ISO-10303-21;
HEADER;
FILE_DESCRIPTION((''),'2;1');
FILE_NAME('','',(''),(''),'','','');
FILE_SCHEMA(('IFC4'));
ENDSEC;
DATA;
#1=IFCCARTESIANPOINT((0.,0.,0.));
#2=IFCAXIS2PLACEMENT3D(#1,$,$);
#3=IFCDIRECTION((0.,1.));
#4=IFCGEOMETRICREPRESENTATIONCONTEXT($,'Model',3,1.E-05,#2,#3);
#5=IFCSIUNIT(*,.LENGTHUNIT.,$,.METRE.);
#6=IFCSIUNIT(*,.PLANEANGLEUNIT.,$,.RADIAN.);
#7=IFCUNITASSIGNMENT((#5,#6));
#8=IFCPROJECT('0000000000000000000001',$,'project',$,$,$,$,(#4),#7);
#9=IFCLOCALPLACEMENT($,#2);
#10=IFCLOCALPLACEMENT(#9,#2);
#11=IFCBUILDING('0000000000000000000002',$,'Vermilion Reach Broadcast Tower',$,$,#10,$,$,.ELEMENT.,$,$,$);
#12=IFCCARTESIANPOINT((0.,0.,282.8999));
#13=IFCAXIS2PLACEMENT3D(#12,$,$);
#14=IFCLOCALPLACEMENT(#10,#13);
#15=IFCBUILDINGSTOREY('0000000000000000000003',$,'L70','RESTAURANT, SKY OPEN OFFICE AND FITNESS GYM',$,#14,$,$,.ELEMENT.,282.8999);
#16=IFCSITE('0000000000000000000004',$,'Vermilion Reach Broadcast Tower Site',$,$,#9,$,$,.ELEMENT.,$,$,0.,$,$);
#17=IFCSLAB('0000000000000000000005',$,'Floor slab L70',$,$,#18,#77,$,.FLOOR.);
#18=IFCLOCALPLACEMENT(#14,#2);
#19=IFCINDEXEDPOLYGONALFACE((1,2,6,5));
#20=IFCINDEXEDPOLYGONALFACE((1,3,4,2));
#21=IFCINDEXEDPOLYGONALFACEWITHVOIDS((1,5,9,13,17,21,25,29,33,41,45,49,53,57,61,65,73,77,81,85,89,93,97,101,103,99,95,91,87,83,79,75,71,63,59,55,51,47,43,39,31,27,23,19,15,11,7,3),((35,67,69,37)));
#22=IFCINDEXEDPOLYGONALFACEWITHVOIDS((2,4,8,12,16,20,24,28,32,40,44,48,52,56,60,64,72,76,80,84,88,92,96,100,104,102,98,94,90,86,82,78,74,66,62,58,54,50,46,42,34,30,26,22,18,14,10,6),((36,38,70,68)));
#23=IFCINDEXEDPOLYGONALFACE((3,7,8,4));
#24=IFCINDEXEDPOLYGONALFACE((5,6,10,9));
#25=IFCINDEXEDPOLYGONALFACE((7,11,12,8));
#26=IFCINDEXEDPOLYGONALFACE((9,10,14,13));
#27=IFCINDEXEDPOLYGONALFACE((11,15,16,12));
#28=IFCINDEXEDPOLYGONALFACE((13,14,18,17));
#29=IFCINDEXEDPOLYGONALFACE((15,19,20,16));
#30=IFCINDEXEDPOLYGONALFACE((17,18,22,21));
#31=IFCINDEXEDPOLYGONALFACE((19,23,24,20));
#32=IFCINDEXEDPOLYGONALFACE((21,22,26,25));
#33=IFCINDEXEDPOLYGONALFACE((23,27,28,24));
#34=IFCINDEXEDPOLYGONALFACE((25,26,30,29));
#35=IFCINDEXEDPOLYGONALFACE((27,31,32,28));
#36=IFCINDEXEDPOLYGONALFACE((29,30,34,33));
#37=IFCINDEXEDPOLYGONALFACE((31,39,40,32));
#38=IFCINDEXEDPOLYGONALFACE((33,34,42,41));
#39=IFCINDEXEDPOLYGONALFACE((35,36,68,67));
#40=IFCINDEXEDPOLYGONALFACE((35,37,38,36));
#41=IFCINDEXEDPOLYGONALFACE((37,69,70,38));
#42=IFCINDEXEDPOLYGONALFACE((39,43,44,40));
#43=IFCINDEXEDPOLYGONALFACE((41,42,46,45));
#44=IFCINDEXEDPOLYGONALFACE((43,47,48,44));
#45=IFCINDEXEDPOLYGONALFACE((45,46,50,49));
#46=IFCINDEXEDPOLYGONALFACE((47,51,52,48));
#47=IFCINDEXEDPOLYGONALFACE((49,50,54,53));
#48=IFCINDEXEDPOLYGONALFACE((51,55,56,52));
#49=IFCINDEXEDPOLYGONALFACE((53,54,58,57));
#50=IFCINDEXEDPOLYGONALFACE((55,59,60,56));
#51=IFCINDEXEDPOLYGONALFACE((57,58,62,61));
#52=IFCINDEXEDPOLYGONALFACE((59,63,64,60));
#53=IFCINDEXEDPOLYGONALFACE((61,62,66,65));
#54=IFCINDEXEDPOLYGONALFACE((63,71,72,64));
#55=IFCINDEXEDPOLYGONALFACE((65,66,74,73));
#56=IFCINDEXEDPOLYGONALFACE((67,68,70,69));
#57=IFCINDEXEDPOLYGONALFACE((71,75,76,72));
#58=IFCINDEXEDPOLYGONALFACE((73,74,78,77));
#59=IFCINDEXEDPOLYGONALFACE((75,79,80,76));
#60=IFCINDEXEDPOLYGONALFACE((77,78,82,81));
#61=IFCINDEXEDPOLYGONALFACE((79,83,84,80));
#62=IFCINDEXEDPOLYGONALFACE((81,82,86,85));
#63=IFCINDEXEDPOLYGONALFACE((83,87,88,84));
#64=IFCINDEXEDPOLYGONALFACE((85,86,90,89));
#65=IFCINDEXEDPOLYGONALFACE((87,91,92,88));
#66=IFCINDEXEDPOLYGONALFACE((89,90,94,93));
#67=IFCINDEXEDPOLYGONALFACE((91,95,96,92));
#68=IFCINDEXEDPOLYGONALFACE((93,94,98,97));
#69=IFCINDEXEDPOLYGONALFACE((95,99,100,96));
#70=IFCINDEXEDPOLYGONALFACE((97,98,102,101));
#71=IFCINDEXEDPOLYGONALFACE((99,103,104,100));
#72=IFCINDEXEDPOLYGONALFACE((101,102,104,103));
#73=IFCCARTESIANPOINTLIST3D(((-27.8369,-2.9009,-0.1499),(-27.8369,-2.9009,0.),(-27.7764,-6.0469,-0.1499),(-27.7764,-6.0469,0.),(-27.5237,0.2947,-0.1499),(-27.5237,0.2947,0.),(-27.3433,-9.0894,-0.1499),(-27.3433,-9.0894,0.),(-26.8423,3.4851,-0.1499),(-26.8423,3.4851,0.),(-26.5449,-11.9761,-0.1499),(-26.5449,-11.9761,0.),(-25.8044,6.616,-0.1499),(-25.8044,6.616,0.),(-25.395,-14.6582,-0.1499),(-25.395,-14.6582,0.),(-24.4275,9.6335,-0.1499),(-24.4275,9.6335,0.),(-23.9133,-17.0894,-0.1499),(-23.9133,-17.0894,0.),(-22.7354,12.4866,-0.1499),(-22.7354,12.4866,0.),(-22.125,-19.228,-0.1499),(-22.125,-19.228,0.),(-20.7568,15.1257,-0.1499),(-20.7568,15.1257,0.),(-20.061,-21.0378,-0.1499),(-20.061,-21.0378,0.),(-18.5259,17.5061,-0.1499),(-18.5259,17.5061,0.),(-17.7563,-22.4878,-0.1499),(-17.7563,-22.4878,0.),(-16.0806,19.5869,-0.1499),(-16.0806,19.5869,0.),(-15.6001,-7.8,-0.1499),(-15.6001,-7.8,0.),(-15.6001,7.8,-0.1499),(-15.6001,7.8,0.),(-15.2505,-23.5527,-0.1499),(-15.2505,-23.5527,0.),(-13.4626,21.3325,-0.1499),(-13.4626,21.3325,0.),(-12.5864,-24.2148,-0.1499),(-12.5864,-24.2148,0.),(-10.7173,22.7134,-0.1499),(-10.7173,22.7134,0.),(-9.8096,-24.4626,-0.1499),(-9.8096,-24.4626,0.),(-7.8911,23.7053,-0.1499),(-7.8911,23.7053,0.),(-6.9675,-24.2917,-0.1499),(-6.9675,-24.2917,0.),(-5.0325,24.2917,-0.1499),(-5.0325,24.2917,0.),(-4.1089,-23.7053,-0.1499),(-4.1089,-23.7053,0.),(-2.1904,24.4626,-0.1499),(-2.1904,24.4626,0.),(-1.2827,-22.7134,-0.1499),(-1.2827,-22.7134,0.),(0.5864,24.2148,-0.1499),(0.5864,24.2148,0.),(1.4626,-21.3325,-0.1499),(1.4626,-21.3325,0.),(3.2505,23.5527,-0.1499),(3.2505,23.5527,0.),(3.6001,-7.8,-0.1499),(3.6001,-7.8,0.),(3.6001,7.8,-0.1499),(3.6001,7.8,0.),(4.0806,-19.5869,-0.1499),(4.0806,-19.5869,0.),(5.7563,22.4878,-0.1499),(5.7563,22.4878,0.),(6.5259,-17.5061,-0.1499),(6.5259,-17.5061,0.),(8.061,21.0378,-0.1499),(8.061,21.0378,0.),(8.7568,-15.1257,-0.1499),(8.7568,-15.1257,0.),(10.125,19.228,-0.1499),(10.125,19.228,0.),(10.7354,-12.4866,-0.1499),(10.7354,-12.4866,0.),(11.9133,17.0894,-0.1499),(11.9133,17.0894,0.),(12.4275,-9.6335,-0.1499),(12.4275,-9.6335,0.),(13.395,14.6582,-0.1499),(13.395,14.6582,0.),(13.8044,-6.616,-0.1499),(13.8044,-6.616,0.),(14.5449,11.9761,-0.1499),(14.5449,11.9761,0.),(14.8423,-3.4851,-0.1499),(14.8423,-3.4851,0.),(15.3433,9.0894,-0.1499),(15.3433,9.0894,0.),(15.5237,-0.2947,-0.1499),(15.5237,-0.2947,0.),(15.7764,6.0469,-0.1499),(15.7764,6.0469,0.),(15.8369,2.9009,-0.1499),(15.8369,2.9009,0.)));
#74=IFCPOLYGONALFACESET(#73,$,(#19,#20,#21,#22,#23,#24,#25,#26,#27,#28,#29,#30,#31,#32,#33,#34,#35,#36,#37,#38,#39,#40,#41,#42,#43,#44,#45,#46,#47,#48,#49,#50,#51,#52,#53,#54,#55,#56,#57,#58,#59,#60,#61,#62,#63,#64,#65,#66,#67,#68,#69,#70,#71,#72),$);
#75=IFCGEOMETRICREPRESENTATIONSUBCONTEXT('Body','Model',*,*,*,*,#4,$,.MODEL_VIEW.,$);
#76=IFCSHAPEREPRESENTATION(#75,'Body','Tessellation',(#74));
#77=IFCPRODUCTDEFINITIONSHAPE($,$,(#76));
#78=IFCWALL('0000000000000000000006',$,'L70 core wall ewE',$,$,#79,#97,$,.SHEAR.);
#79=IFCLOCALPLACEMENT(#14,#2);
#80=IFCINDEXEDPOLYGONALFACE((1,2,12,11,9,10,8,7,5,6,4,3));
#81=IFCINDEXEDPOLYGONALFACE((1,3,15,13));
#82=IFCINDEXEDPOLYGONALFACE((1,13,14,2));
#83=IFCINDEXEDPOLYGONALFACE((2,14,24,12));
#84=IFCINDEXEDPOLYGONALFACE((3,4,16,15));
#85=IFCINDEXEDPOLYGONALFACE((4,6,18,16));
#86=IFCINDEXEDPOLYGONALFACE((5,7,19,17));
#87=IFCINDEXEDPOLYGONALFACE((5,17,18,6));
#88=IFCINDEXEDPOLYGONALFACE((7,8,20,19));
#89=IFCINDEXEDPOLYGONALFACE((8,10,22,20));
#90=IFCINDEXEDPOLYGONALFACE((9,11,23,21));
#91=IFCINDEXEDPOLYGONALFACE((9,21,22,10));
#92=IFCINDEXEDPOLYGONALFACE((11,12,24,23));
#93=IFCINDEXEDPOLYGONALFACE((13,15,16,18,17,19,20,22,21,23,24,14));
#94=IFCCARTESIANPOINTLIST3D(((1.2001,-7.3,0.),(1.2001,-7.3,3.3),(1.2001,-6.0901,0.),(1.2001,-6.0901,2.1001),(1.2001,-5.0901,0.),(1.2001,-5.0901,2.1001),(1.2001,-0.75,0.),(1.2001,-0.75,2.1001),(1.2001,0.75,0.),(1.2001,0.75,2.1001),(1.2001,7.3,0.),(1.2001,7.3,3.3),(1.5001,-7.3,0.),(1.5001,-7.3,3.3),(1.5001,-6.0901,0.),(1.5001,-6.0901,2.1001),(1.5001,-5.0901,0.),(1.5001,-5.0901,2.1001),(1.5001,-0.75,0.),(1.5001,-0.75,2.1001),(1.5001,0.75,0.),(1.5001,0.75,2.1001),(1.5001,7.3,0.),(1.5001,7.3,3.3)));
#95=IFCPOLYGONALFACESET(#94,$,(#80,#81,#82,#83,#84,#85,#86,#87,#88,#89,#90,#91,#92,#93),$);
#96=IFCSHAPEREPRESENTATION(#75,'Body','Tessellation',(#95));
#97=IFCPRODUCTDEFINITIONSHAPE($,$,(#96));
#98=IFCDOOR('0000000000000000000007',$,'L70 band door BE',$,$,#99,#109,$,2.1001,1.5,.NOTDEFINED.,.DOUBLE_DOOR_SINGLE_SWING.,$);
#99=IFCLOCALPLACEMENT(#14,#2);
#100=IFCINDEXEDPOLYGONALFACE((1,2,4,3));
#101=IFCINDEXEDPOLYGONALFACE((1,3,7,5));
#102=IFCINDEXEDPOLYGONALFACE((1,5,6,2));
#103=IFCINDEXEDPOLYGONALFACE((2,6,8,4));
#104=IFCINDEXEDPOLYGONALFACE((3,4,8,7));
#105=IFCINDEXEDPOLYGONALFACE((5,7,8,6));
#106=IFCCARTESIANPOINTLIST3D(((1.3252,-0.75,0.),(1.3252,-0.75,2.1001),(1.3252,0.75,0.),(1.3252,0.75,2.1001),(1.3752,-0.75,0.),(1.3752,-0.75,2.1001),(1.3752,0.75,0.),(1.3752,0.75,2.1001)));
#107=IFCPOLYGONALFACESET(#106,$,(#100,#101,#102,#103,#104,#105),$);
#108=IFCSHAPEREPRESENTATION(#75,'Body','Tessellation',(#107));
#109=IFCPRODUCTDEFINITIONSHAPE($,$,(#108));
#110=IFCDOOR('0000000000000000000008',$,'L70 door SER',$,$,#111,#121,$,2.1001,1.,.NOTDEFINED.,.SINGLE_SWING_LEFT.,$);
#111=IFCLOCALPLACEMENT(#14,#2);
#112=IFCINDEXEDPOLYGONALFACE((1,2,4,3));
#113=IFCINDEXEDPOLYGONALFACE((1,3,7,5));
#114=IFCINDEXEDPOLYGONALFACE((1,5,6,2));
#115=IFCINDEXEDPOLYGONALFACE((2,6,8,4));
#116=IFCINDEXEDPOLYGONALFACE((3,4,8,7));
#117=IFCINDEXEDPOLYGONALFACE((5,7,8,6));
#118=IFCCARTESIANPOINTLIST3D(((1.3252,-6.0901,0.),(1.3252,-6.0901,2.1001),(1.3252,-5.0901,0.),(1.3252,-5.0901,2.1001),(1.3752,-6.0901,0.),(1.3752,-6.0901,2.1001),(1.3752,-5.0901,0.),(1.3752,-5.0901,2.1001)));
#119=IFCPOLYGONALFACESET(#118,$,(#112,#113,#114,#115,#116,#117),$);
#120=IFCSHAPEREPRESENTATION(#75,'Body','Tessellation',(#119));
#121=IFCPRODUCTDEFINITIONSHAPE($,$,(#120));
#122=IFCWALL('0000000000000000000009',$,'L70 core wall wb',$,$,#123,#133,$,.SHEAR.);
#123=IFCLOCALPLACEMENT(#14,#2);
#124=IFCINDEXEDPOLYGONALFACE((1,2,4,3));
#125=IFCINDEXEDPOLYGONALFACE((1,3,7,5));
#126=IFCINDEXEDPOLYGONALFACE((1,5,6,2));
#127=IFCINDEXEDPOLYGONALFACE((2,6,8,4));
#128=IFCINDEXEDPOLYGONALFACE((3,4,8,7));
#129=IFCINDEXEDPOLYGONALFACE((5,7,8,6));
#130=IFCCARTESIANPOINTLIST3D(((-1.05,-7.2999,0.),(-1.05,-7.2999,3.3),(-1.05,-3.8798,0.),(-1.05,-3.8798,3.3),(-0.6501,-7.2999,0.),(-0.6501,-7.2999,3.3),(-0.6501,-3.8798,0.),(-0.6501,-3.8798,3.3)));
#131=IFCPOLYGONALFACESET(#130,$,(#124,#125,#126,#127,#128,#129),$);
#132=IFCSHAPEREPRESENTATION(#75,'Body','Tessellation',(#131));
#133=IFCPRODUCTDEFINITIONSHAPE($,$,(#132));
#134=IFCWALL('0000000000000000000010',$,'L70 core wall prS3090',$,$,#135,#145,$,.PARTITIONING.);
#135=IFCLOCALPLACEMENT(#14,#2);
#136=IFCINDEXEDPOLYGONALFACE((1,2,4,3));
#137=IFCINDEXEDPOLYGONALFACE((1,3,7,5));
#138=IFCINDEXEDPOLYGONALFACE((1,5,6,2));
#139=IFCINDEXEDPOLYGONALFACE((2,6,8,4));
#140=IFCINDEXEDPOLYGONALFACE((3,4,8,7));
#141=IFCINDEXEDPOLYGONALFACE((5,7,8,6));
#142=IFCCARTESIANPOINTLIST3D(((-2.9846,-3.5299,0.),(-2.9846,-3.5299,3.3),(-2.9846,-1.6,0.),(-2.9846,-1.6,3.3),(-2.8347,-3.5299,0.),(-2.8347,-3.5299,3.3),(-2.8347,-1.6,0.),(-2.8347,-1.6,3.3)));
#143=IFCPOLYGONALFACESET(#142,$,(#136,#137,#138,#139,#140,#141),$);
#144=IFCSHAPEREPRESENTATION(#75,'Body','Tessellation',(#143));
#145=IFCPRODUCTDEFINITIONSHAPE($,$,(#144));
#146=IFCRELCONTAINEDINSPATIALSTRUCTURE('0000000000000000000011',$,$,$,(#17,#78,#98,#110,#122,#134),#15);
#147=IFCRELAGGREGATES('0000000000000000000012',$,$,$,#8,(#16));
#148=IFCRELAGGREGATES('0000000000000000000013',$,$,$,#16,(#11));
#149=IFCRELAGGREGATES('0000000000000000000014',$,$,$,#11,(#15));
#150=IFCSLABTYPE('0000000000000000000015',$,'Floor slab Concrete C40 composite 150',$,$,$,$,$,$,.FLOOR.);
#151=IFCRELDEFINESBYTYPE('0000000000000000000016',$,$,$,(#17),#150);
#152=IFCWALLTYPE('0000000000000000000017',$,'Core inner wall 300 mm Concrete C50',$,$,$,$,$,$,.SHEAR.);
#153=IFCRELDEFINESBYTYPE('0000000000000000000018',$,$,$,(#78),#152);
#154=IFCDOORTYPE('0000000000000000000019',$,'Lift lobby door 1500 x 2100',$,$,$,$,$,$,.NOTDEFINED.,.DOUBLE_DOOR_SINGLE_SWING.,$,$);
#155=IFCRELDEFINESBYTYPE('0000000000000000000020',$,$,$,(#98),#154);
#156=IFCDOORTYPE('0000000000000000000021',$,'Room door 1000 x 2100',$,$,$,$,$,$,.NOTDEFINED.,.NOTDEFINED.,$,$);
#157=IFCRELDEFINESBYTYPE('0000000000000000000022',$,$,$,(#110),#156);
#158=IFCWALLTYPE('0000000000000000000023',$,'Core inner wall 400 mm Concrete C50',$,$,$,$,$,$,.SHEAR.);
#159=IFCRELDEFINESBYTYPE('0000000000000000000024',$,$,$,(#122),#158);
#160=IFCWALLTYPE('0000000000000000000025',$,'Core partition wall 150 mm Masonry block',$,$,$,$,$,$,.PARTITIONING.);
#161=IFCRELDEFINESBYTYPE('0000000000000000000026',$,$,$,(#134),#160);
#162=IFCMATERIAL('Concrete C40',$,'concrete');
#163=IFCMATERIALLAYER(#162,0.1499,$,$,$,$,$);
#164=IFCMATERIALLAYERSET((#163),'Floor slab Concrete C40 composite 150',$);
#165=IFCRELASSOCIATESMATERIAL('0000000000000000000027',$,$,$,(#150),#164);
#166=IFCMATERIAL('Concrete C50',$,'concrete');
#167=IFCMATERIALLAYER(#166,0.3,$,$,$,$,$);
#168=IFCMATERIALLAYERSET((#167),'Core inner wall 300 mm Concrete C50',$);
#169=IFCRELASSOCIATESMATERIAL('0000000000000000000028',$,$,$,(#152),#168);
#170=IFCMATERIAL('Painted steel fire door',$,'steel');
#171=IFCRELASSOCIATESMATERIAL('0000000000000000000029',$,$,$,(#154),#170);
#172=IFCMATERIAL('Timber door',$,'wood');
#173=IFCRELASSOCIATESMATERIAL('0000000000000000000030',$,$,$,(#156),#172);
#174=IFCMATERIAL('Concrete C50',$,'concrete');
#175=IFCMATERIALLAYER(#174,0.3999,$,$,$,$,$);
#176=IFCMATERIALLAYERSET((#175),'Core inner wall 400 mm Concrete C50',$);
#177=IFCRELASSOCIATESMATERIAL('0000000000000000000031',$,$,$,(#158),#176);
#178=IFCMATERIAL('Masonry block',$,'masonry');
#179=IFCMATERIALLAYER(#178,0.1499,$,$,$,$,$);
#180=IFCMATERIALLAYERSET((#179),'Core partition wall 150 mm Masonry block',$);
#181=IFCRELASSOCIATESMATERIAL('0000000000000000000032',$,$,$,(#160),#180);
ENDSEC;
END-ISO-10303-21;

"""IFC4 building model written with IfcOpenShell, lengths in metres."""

from ifc_helpers import new_model, si_unit, direction, frame, frame_2d, origin, place, context, subcontext, project, spatial, polyline, rectangle, outline, extrude, material, layer, layer_set, type_object, element, fill, save


model = new_model("IFC4")

# Units and contexts
model_context = context("Model", 3, precision=1e-05, world=origin(), true_north=direction((0.0, 1.0)))
body_context = subcontext(model_context, "Body", "Model", "MODEL_VIEW")
ifc_project = project(units=[si_unit("LENGTHUNIT", "METRE"), si_unit("PLANEANGLEUNIT", "RADIAN")], contexts=[model_context])

# Site, building, storey
site_placement = place(None, origin())
site = spatial("IfcSite", under=ifc_project, at=site_placement, Name="Vermilion Reach Broadcast Tower Site", CompositionType="ELEMENT", RefElevation=0.0)
building_placement = place(site_placement, origin())
building = spatial("IfcBuilding", under=site, at=building_placement, Name="Vermilion Reach Broadcast Tower", CompositionType="ELEMENT")
storey_placement = place(building_placement, frame((0.0, 0.0, 282.8999)))
storey = spatial("IfcBuildingStorey", under=building, at=storey_placement, Name="L70", Description="RESTAURANT, SKY OPEN OFFICE AND FITNESS GYM", CompositionType="ELEMENT", Elevation=282.8999)

# Slab
ifc_material_1 = material(Name="Concrete C40", Category="concrete")
ifc_layer_1 = layer(ifc_material_1, 0.1499)
ifc_layer_set_1 = layer_set([ifc_layer_1], Name="Floor slab Concrete C40 composite 150")
slab_type_1 = type_object("IfcSlabType", Name="Floor slab Concrete C40 composite 150", PredefinedType="FLOOR", material=ifc_layer_set_1)
slab_1_placement = place(storey_placement, frame((0.0, 0.0, -0.1499)))
element("IfcSlab", 1, at=slab_1_placement, inside=storey, type_object=slab_type_1, Name="Floor slab L70", PredefinedType="FLOOR", context=body_context, shape_type="SweptSolid", body=[
    extrude(outline(polyline([(5.7563, 22.4878), (3.2505, 23.5527), (0.5864, 24.2148), (-2.1904, 24.4626), (-5.0325, 24.2917), (-7.8911, 23.7053), (-10.7173, 22.7134), (-13.4626, 21.3325), (-16.0806, 19.5869), (-18.5259, 17.5061), (-20.7568, 15.1257), (-22.7354, 12.4866), (-24.4275, 9.6335), (-25.8044, 6.616), (-26.8423, 3.4851), (-27.5237, 0.2947), (-27.8369, -2.9009), (-27.7764, -6.0469), (-27.3433, -9.0894), (-26.5449, -11.9761), (-25.395, -14.6582), (-23.9133, -17.0894), (-22.125, -19.228), (-20.061, -21.0378), (-17.7563, -22.4878), (-15.2505, -23.5527), (-12.5864, -24.2148), (-9.8096, -24.4626), (-6.9675, -24.2917), (-4.1089, -23.7053), (-1.2827, -22.7134), (1.4626, -21.3325), (4.0806, -19.5869), (6.5259, -17.5061), (8.7568, -15.1257), (10.7354, -12.4866), (12.4275, -9.6335), (13.8044, -6.616), (14.8423, -3.4851), (15.5237, -0.2947), (15.8369, 2.9009), (15.7764, 6.0469), (15.3433, 9.0894), (14.5449, 11.9761), (13.395, 14.6582), (11.9133, 17.0894), (10.125, 19.228), (8.061, 21.0378), (5.7563, 22.4878)]), holes=[polyline([(-15.6001, -7.8), (3.6001, -7.8), (3.6001, 7.8), (-15.6001, 7.8), (-15.6001, -7.8)])]), origin(), (0.0, 0.0, 1.0), 0.1499),
])

# Wall, openings, doors
ifc_material_2 = material(Name="Concrete C50", Category="concrete")
ifc_layer_2 = layer(ifc_material_2, 0.3)
ifc_layer_set_2 = layer_set([ifc_layer_2], Name="Core inner wall 300 mm Concrete C50")
wall_type_1 = type_object("IfcWallType", Name="Core inner wall 300 mm Concrete C50", PredefinedType="SHEAR", material=ifc_layer_set_2)
wall_1_placement = place(storey_placement, frame((1.3501, -7.3, 0.0), z_axis=(0.0, 0.0, 1.0), x_axis=(0.0, 1.0, 0.0)))
wall_1 = element("IfcWall", 2, at=wall_1_placement, inside=storey, type_object=wall_type_1, Name="L70 core wall ewE", PredefinedType="SHEAR", context=body_context, shape_type="SweptSolid", body=[
    extrude(rectangle(XDim=14.6001, YDim=0.3, at=frame_2d((7.3, 0.0))), origin(), (0.0, 0.0, 1.0), 3.3),
])
opening_1_placement = place(wall_1_placement, frame((1.21, 0.0, 0.0)))
opening_1 = element("IfcOpeningElement", 3, at=opening_1_placement, cuts=wall_1, PredefinedType="OPENING", context=body_context, shape_type="SweptSolid", body=[
    extrude(rectangle(XDim=1.0, YDim=2.1001, at=frame_2d((0.5, 1.05))), frame((0.0, 0.1599, 0.0), z_axis=(0.0, -1.0, 0.0), x_axis=(1.0, 0.0, 0.0)), (0.0, 0.0, 1.0), 0.3201),
])
opening_2_placement = place(wall_1_placement, frame((6.55, 0.0, 0.0)))
opening_2 = element("IfcOpeningElement", 4, at=opening_2_placement, cuts=wall_1, PredefinedType="OPENING", context=body_context, shape_type="SweptSolid", body=[
    extrude(rectangle(XDim=1.5, YDim=2.1001, at=frame_2d((0.75, 1.05))), frame((0.0, 0.1599, 0.0), z_axis=(0.0, -1.0, 0.0), x_axis=(1.0, 0.0, 0.0)), (0.0, 0.0, 1.0), 0.3201),
])
ifc_material_3 = material(Name="Painted steel fire door", Category="steel")
door_type_1 = type_object("IfcDoorType", Name="Lift lobby door 1500 x 2100", OperationType="DOUBLE_DOOR_SINGLE_SWING", PredefinedType="NOTDEFINED", material=ifc_material_3)
door_1_placement = place(opening_2_placement, origin())
door_1 = element("IfcDoor", 5, at=door_1_placement, inside=storey, type_object=door_type_1, Name="L70 band door BE", OperationType="DOUBLE_DOOR_SINGLE_SWING", OverallHeight=2.1001, OverallWidth=1.5, PredefinedType="NOTDEFINED", context=body_context, shape_type="SweptSolid", body=[
    extrude(rectangle(XDim=1.5, YDim=2.1001, at=frame_2d((0.75, 1.05))), frame((0.0, 0.0249, 0.0), z_axis=(0.0, -1.0, 0.0), x_axis=(1.0, 0.0, 0.0)), (0.0, 0.0, 1.0), 0.05),
])
fill(opening_2, door_1)
ifc_material_4 = material(Name="Timber door", Category="wood")
door_type_2 = type_object("IfcDoorType", Name="Room door 1000 x 2100", OperationType="NOTDEFINED", PredefinedType="NOTDEFINED", material=ifc_material_4)
door_2_placement = place(opening_1_placement, origin())
door_2 = element("IfcDoor", 6, at=door_2_placement, inside=storey, type_object=door_type_2, Name="L70 door SER", OperationType="SINGLE_SWING_LEFT", OverallHeight=2.1001, OverallWidth=1.0, PredefinedType="NOTDEFINED", context=body_context, shape_type="SweptSolid", body=[
    extrude(rectangle(XDim=1.0, YDim=2.1001, at=frame_2d((0.5, 1.05))), frame((0.0, 0.0249, 0.0), z_axis=(0.0, -1.0, 0.0), x_axis=(1.0, 0.0, 0.0)), (0.0, 0.0, 1.0), 0.05),
])
fill(opening_1, door_2)

# Walls
ifc_material_5 = material(Name="Concrete C50", Category="concrete")
ifc_layer_3 = layer(ifc_material_5, 0.3999)
ifc_layer_set_3 = layer_set([ifc_layer_3], Name="Core inner wall 400 mm Concrete C50")
wall_type_2 = type_object("IfcWallType", Name="Core inner wall 400 mm Concrete C50", PredefinedType="SHEAR", material=ifc_layer_set_3)
wall_2_placement = place(storey_placement, frame((-0.8501, -3.8799, 0.0), z_axis=(0.0, 0.0, 1.0), x_axis=(0.0, -1.0, 0.0)))
element("IfcWall", 7, at=wall_2_placement, inside=storey, type_object=wall_type_2, Name="L70 core wall wb", PredefinedType="SHEAR", context=body_context, shape_type="SweptSolid", body=[
    extrude(rectangle(XDim=3.4202, YDim=0.3999, at=frame_2d((1.71, 0.0))), origin(), (0.0, 0.0, 1.0), 3.3),
])
ifc_material_6 = material(Name="Masonry block", Category="masonry")
ifc_layer_4 = layer(ifc_material_6, 0.1499)
ifc_layer_set_4 = layer_set([ifc_layer_4], Name="Core partition wall 150 mm Masonry block")
wall_type_3 = type_object("IfcWallType", Name="Core partition wall 150 mm Masonry block", PredefinedType="PARTITIONING", material=ifc_layer_set_4)
wall_3_placement = place(storey_placement, frame((-2.9097, -1.6001, 0.0), z_axis=(0.0, 0.0, 1.0), x_axis=(0.0, -1.0, 0.0)))
element("IfcWall", 8, at=wall_3_placement, inside=storey, type_object=wall_type_3, Name="L70 core wall prS3090", PredefinedType="PARTITIONING", context=body_context, shape_type="SweptSolid", body=[
    extrude(rectangle(XDim=1.9299, YDim=0.1499, at=frame_2d((0.9648, 0.0))), origin(), (0.0, 0.0, 1.0), 3.3),
])

save(model, "model.ifc")
